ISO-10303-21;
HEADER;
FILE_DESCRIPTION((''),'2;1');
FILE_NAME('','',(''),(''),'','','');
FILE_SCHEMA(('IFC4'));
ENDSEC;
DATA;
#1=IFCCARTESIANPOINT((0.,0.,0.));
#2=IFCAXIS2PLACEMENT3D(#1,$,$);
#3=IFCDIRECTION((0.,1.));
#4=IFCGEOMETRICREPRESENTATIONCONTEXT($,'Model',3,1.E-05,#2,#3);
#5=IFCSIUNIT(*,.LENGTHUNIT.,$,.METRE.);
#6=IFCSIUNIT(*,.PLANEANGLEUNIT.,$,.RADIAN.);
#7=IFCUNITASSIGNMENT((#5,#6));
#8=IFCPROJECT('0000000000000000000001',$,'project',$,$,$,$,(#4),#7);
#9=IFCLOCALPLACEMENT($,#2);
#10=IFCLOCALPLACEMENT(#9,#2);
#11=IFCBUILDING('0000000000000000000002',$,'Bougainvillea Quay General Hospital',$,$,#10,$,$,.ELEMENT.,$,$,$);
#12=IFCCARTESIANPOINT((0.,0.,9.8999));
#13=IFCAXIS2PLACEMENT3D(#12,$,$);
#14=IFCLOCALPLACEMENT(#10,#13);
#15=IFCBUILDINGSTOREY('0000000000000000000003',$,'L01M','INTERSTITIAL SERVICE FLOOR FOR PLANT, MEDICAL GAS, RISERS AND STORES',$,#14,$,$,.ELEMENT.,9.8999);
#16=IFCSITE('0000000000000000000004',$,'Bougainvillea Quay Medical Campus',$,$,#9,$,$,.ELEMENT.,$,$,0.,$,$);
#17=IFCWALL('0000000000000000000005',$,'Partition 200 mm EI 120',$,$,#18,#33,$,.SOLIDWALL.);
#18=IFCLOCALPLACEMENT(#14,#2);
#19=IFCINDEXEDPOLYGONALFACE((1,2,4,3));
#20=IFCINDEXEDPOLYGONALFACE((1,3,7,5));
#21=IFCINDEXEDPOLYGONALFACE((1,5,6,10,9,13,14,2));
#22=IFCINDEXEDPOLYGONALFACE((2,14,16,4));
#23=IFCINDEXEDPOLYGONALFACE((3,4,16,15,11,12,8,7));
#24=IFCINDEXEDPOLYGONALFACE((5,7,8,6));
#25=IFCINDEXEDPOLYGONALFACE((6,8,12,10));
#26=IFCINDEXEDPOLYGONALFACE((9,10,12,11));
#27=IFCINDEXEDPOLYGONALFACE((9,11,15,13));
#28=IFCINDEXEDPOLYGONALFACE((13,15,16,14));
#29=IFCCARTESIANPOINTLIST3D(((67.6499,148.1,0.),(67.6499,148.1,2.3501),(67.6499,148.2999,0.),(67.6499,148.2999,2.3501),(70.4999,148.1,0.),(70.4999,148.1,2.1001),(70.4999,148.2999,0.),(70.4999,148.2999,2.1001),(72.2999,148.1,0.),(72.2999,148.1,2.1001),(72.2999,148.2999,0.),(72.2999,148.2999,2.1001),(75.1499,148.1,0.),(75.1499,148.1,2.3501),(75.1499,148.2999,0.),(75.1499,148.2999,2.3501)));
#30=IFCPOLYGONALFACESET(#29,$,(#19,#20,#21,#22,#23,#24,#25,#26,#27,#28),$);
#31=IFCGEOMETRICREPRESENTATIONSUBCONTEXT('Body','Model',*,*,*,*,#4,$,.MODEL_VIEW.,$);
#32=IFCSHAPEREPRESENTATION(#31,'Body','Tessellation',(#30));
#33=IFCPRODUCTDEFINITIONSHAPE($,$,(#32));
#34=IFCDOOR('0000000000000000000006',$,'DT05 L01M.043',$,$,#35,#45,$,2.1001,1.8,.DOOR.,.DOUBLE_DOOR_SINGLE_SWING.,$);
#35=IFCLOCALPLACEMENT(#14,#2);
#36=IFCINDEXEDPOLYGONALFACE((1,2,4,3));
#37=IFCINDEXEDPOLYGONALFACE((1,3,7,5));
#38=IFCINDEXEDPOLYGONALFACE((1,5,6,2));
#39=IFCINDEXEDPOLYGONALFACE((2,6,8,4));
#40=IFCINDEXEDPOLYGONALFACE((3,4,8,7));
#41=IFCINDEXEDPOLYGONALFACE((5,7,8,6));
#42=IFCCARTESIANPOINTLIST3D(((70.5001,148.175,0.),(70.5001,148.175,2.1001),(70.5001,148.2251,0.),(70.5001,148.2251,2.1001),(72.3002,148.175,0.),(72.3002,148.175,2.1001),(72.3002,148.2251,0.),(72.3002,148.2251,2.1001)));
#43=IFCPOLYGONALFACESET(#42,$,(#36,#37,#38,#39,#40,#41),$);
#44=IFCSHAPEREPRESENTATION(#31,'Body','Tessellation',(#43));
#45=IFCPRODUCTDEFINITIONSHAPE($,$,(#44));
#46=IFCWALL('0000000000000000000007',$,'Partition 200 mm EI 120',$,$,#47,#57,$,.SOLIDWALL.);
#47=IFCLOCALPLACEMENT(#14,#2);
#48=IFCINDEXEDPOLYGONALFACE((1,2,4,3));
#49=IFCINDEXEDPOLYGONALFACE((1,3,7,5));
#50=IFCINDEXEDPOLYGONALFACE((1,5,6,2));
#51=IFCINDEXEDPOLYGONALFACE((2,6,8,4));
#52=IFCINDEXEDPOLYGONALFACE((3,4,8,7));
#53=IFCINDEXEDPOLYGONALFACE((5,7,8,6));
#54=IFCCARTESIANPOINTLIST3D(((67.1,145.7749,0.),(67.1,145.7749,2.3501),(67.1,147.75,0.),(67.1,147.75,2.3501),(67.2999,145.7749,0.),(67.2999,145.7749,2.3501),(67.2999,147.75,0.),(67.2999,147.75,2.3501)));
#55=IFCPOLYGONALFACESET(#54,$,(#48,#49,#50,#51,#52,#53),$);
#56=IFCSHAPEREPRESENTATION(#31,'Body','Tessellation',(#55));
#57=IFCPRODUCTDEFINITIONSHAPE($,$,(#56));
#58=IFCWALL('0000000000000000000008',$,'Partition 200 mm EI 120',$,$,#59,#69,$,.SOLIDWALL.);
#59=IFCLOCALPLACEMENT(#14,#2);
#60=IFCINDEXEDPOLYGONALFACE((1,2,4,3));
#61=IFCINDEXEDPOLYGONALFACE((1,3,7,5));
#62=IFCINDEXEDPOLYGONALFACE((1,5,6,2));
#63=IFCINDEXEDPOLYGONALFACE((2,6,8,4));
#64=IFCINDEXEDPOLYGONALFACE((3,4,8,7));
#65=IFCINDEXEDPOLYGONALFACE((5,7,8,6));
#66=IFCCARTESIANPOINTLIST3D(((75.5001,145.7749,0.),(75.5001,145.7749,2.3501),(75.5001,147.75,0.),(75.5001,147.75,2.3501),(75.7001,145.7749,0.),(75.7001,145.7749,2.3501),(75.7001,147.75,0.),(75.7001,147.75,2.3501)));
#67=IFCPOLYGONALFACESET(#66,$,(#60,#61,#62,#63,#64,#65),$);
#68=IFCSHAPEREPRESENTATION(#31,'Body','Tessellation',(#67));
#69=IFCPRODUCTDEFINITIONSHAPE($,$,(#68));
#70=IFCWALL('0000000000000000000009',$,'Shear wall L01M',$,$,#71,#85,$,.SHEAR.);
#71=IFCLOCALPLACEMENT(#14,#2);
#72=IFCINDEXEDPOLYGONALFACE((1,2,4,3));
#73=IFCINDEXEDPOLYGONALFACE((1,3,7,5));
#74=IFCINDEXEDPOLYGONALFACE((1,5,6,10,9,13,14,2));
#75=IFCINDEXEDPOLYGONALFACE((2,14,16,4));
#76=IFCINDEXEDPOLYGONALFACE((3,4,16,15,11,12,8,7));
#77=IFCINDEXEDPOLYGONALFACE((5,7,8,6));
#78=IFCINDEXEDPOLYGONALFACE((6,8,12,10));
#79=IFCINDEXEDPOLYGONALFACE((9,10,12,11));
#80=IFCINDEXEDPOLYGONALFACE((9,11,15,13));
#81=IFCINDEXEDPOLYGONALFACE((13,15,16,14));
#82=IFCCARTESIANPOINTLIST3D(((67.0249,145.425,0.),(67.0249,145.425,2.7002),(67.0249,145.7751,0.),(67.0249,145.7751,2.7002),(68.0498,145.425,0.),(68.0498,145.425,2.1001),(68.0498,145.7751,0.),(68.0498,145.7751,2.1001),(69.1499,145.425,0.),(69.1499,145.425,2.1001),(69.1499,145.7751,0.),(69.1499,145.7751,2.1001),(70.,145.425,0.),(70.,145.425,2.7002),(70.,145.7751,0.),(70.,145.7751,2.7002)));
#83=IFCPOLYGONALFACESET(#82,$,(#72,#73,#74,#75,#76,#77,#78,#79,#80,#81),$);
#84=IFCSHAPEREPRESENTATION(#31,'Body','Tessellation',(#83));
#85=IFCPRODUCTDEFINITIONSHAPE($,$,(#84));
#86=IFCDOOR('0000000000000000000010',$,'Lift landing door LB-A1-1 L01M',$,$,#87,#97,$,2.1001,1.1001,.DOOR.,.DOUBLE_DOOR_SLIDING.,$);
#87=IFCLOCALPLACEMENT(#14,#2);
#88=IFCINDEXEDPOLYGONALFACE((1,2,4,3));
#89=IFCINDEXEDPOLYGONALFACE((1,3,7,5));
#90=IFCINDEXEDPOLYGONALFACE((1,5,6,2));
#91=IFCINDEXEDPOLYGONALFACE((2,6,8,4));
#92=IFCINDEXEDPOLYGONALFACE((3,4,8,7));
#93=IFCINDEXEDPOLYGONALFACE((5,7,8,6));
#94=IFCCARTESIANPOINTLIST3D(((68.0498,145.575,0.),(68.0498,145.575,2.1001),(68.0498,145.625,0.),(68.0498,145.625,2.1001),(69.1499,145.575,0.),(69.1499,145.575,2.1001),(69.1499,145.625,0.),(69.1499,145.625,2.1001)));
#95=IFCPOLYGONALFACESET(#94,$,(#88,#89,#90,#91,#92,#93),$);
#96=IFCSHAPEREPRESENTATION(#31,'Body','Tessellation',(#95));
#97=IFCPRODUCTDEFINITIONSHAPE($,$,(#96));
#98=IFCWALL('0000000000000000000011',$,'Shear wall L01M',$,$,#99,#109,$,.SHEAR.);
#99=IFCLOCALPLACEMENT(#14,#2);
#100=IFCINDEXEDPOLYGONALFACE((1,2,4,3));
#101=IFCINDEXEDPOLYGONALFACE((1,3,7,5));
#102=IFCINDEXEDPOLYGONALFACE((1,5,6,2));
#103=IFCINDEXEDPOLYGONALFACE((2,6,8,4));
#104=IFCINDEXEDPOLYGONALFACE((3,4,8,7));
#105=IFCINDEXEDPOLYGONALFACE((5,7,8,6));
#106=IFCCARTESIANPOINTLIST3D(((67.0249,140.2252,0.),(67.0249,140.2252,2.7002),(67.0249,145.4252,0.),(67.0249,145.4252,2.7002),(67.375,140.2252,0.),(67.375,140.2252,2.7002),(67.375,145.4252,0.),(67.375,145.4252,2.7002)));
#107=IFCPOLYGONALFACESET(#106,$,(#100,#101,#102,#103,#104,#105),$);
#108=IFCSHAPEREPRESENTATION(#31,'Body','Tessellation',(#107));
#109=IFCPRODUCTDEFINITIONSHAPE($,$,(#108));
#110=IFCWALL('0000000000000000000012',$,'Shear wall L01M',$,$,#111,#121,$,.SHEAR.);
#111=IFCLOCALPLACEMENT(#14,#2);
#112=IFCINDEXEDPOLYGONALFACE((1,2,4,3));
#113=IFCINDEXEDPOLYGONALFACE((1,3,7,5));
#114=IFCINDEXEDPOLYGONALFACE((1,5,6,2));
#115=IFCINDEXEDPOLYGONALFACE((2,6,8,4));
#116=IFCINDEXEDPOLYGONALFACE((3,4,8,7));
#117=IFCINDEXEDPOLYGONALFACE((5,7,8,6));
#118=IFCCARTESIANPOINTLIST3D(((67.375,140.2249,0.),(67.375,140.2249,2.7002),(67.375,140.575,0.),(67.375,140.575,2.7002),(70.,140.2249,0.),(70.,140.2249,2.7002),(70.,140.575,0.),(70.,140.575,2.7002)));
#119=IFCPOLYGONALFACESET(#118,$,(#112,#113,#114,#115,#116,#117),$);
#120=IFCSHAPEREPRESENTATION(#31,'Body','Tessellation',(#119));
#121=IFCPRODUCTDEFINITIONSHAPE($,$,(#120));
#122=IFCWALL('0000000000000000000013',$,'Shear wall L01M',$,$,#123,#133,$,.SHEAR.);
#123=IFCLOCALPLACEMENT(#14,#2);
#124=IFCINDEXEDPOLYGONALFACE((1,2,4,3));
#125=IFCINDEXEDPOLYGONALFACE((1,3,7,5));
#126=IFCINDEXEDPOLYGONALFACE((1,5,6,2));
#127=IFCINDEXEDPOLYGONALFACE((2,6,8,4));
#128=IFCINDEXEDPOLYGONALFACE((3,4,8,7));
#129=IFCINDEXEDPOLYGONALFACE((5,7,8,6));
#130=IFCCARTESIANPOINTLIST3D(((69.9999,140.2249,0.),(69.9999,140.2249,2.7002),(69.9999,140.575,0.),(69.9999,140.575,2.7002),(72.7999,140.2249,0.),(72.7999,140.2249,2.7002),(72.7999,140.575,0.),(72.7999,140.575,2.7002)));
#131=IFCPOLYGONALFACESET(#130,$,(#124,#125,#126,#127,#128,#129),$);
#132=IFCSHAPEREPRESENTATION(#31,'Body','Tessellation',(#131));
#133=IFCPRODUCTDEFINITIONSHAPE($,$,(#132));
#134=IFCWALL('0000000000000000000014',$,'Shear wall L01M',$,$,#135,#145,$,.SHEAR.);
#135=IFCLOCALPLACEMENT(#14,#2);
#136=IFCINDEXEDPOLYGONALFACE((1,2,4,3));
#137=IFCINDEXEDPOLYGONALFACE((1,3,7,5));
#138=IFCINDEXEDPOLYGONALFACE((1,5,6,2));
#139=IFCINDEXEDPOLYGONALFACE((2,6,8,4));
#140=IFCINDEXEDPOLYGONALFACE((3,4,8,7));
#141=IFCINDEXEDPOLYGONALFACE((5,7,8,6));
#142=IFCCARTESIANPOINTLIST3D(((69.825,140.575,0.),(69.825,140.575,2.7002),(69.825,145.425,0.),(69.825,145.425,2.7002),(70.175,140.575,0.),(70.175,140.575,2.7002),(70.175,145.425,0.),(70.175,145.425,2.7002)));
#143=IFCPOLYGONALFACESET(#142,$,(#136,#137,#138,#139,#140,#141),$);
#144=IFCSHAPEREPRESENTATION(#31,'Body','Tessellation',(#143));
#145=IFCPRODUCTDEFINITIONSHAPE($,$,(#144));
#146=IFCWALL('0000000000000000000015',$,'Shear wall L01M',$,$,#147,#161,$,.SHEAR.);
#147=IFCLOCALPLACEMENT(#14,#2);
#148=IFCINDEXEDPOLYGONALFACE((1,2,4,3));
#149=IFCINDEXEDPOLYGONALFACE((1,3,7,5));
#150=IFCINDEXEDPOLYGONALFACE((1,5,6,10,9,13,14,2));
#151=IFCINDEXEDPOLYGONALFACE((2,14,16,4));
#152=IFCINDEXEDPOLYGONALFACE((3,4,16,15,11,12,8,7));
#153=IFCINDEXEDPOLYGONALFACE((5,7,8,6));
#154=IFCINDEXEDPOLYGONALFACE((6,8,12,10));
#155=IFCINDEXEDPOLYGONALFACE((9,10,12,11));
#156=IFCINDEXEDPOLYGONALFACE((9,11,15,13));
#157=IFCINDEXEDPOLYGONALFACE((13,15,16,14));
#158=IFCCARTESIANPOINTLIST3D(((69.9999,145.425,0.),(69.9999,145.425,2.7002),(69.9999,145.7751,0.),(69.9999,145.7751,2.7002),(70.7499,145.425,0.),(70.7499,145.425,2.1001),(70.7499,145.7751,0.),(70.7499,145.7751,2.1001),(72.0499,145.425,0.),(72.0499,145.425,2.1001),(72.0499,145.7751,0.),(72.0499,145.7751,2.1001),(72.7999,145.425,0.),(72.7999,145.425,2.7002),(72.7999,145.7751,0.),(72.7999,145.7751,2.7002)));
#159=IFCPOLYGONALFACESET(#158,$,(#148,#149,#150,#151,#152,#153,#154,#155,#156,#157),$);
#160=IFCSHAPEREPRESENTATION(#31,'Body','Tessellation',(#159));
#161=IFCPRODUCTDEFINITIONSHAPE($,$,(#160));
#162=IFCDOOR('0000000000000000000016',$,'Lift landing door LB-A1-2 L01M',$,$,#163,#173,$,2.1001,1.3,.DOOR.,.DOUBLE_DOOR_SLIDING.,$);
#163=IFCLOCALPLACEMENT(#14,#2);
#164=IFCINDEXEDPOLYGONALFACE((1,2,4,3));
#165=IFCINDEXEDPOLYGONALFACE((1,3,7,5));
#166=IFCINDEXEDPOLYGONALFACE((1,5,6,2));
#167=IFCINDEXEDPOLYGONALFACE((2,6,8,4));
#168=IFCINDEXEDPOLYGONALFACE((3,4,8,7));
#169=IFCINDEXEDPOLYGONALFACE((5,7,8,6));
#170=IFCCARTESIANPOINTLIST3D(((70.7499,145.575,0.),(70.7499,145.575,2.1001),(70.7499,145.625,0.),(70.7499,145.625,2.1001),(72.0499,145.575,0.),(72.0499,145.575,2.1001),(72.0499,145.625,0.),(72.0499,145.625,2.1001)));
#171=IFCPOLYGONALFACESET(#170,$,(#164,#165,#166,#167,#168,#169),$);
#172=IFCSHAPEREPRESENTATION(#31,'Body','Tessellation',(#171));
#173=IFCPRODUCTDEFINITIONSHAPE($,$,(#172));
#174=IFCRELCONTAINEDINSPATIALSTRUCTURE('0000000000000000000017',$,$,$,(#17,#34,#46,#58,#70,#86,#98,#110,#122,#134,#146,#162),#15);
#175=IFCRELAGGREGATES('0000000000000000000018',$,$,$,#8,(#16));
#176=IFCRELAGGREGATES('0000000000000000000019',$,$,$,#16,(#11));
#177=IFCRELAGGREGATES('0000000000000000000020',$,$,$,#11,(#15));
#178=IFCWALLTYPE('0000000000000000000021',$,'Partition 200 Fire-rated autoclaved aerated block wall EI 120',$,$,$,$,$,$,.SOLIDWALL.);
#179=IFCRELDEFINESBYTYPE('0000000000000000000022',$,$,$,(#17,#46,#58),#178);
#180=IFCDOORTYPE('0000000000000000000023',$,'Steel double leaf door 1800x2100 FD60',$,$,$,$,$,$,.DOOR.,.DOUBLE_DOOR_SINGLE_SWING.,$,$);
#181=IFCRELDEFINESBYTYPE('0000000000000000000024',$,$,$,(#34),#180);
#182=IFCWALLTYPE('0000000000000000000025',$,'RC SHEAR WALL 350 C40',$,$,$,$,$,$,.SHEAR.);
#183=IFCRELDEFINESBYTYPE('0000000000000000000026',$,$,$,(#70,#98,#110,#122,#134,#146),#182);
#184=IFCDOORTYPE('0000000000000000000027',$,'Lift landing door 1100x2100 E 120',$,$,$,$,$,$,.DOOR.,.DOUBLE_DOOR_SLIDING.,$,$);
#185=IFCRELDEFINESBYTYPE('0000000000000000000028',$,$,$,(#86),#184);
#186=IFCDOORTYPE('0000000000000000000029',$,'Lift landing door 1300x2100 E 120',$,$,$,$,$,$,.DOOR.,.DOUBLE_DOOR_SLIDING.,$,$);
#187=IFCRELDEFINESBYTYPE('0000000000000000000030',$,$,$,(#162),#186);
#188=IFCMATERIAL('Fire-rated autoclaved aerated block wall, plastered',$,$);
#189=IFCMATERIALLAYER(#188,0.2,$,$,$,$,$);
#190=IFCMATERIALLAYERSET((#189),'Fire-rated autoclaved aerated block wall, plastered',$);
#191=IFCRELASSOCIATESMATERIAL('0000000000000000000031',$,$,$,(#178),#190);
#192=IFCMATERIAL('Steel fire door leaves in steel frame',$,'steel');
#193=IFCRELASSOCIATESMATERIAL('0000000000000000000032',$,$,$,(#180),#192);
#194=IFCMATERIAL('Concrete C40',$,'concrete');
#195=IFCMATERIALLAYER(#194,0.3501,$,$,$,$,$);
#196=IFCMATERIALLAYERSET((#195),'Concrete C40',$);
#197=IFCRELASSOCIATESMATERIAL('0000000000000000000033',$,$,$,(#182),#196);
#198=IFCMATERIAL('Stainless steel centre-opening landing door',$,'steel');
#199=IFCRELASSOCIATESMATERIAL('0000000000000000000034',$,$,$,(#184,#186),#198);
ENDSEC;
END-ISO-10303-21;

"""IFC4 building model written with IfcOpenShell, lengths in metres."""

from ifc_helpers import new_model, si_unit, direction, frame, frame_2d, origin, place, context, subcontext, project, spatial, rectangle, extrude, material, layer, layer_set, type_object, element, fill, save


model = new_model("IFC4")

# Units and contexts
model_context = context("Model", 3, precision=1e-05, world=origin(), true_north=direction((0.0, 1.0)))
body_context = subcontext(model_context, "Body", "Model", "MODEL_VIEW")
ifc_project = project(units=[si_unit("LENGTHUNIT", "METRE"), si_unit("PLANEANGLEUNIT", "RADIAN")], contexts=[model_context])

# Site, building, storey
site_placement = place(None, origin())
site = spatial("IfcSite", under=ifc_project, at=site_placement, Name="Bougainvillea Quay Medical Campus", CompositionType="ELEMENT", RefElevation=0.0)
building_placement = place(site_placement, origin())
building = spatial("IfcBuilding", under=site, at=building_placement, Name="Bougainvillea Quay General Hospital", CompositionType="ELEMENT")
storey_placement = place(building_placement, frame((0.0, 0.0, 9.8999)))
storey = spatial("IfcBuildingStorey", under=building, at=storey_placement, Name="L01M", Description="INTERSTITIAL SERVICE FLOOR FOR PLANT, MEDICAL GAS, RISERS AND STORES", CompositionType="ELEMENT", Elevation=9.8999)

# Wall, opening, door
ifc_material_1 = material(Name="Fire-rated autoclaved aerated block wall, plastered")
ifc_layer_1 = layer(ifc_material_1, 0.2)
ifc_layer_set_1 = layer_set([ifc_layer_1], Name="Fire-rated autoclaved aerated block wall, plastered")
wall_type_1 = type_object("IfcWallType", Name="Partition 200 Fire-rated autoclaved aerated block wall EI 120", PredefinedType="SOLIDWALL", material=ifc_layer_set_1)
wall_1_placement = place(storey_placement, frame((67.6499, 148.2, 0.0), z_axis=(0.0, 0.0, 1.0), x_axis=(1.0, 0.0, 0.0)))
wall_1 = element("IfcWall", 1, at=wall_1_placement, inside=storey, type_object=wall_type_1, Name="Partition 200 mm EI 120", PredefinedType="SOLIDWALL", context=body_context, shape_type="SweptSolid", body=[
    extrude(rectangle(XDim=7.5, YDim=0.2, at=frame_2d((3.75, 0.0))), origin(), (0.0, 0.0, 1.0), 2.3501),
])
opening_1_placement = place(wall_1_placement, frame((2.8501, 0.0, 0.0)))
opening_1 = element("IfcOpeningElement", 2, at=opening_1_placement, cuts=wall_1, PredefinedType="OPENING", context=body_context, shape_type="SweptSolid", body=[
    extrude(rectangle(XDim=1.8, YDim=2.1001, at=frame_2d((0.8999, 1.05))), frame((0.0, 0.1099, 0.0), z_axis=(0.0, -1.0, 0.0), x_axis=(1.0, 0.0, 0.0)), (0.0, 0.0, 1.0), 0.22),
])
ifc_material_2 = material(Name="Steel fire door leaves in steel frame", Category="steel")
door_type_1 = type_object("IfcDoorType", Name="Steel double leaf door 1800x2100 FD60", OperationType="DOUBLE_DOOR_SINGLE_SWING", PredefinedType="DOOR", material=ifc_material_2)
door_1_placement = place(opening_1_placement, frame((1.8, 0.0, 0.0), z_axis=(0.0, 0.0, 1.0), x_axis=(-1.0, 0.0, 0.0)))
door_1 = element("IfcDoor", 3, at=door_1_placement, inside=storey, type_object=door_type_1, Name="DT05 L01M.043", OperationType="DOUBLE_DOOR_SINGLE_SWING", OverallHeight=2.1001, OverallWidth=1.8, PredefinedType="DOOR", context=body_context, shape_type="SweptSolid", body=[
    extrude(rectangle(XDim=1.8, YDim=2.1001, at=frame_2d((0.8999, 1.05))), frame((0.0, 0.0249, 0.0), z_axis=(0.0, -1.0, 0.0), x_axis=(1.0, 0.0, 0.0)), (0.0, 0.0, 1.0), 0.05),
])
fill(opening_1, door_1)

# Walls
for number, where, z_axis, x_axis, name in (
    (4, (67.2, 145.7749, 0.0), (0.0, 0.0, 1.0), (0.0, 1.0, 0.0), "Partition 200 mm EI 120"),
    (5, (75.6001, 145.7749, 0.0), (0.0, 0.0, 1.0), (0.0, 1.0, 0.0), "Partition 200 mm EI 120"),
):
    element("IfcWall", number, at=place(storey_placement, frame(where, z_axis=z_axis, x_axis=x_axis)), inside=storey, type_object=wall_type_1, Name=name, PredefinedType="SOLIDWALL", context=body_context, shape_type="SweptSolid", body=[
        extrude(rectangle(XDim=1.9751, YDim=0.2, at=frame_2d((0.9875, 0.0))), origin(), (0.0, 0.0, 1.0), 2.3501),
    ])

# Wall, opening, door
ifc_material_3 = material(Name="Concrete C40", Category="concrete")
ifc_layer_2 = layer(ifc_material_3, 0.3501)
ifc_layer_set_2 = layer_set([ifc_layer_2], Name="Concrete C40")
wall_type_2 = type_object("IfcWallType", Name="RC SHEAR WALL 350 C40", PredefinedType="SHEAR", material=ifc_layer_set_2)
wall_2_placement = place(storey_placement, frame((67.0249, 145.6001, 0.0), z_axis=(0.0, 0.0, 1.0), x_axis=(1.0, 0.0, 0.0)))
wall_2 = element("IfcWall", 6, at=wall_2_placement, inside=storey, type_object=wall_type_2, Name="Shear wall L01M", PredefinedType="SHEAR", context=body_context, shape_type="SweptSolid", body=[
    extrude(rectangle(XDim=2.9751, YDim=0.3501, at=frame_2d((1.4875, 0.0))), origin(), (0.0, 0.0, 1.0), 2.7002),
])
opening_2_placement = place(wall_2_placement, frame((1.0249, 0.0, 0.0)))
opening_2 = element("IfcOpeningElement", 7, at=opening_2_placement, cuts=wall_2, PredefinedType="OPENING", context=body_context, shape_type="SweptSolid", body=[
    extrude(rectangle(XDim=1.1001, YDim=2.1001, at=frame_2d((0.55, 1.05))), frame((0.0, 0.1851, 0.0), z_axis=(0.0, -1.0, 0.0), x_axis=(1.0, 0.0, 0.0)), (0.0, 0.0, 1.0), 0.3701),
])
ifc_material_4 = material(Name="Stainless steel centre-opening landing door", Category="steel")
door_type_2 = type_object("IfcDoorType", Name="Lift landing door 1100x2100 E 120", OperationType="DOUBLE_DOOR_SLIDING", PredefinedType="DOOR", material=ifc_material_4)
door_2_placement = place(opening_2_placement, origin())
door_2 = element("IfcDoor", 8, at=door_2_placement, inside=storey, type_object=door_type_2, Name="Lift landing door LB-A1-1 L01M", OperationType="DOUBLE_DOOR_SLIDING", OverallHeight=2.1001, OverallWidth=1.1001, PredefinedType="DOOR", context=body_context, shape_type="SweptSolid", body=[
    extrude(rectangle(XDim=1.1001, YDim=2.1001, at=frame_2d((0.55, 1.05))), frame((0.0, 0.0249, 0.0), z_axis=(0.0, -1.0, 0.0), x_axis=(1.0, 0.0, 0.0)), (0.0, 0.0, 1.0), 0.05),
])
fill(opening_2, door_2)

# Walls
wall_3_placement = place(storey_placement, frame((67.2, 140.2251, 0.0), z_axis=(0.0, 0.0, 1.0), x_axis=(0.0, 1.0, 0.0)))
element("IfcWall", 9, at=wall_3_placement, inside=storey, type_object=wall_type_2, Name="Shear wall L01M", PredefinedType="SHEAR", context=body_context, shape_type="SweptSolid", body=[
    extrude(rectangle(XDim=5.2, YDim=0.3501, at=frame_2d((2.6001, 0.0))), origin(), (0.0, 0.0, 1.0), 2.7002),
])
wall_4_placement = place(storey_placement, frame((67.375, 140.3999, 0.0), z_axis=(0.0, 0.0, 1.0), x_axis=(1.0, 0.0, 0.0)))
element("IfcWall", 10, at=wall_4_placement, inside=storey, type_object=wall_type_2, Name="Shear wall L01M", PredefinedType="SHEAR", context=body_context, shape_type="SweptSolid", body=[
    extrude(rectangle(XDim=2.625, YDim=0.3501, at=frame_2d((1.3125, 0.0))), origin(), (0.0, 0.0, 1.0), 2.7002),
])
wall_5_placement = place(storey_placement, frame((70.0, 140.3999, 0.0), z_axis=(0.0, 0.0, 1.0), x_axis=(1.0, 0.0, 0.0)))
element("IfcWall", 11, at=wall_5_placement, inside=storey, type_object=wall_type_2, Name="Shear wall L01M", PredefinedType="SHEAR", context=body_context, shape_type="SweptSolid", body=[
    extrude(rectangle(XDim=2.8, YDim=0.3501, at=frame_2d((1.3999, 0.0))), origin(), (0.0, 0.0, 1.0), 2.7002),
])
wall_6_placement = place(storey_placement, frame((70.0, 140.575, 0.0), z_axis=(0.0, 0.0, 1.0), x_axis=(0.0, 1.0, 0.0)))
element("IfcWall", 12, at=wall_6_placement, inside=storey, type_object=wall_type_2, Name="Shear wall L01M", PredefinedType="SHEAR", context=body_context, shape_type="SweptSolid", body=[
    extrude(rectangle(XDim=4.8501, YDim=0.3501, at=frame_2d((2.425, 0.0))), origin(), (0.0, 0.0, 1.0), 2.7002),
])

# Wall, opening, door
wall_7_placement = place(storey_placement, frame((70.0, 145.6001, 0.0), z_axis=(0.0, 0.0, 1.0), x_axis=(1.0, 0.0, 0.0)))
wall_7 = element("IfcWall", 13, at=wall_7_placement, inside=storey, type_object=wall_type_2, Name="Shear wall L01M", PredefinedType="SHEAR", context=body_context, shape_type="SweptSolid", body=[
    extrude(rectangle(XDim=2.8, YDim=0.3501, at=frame_2d((1.3999, 0.0))), origin(), (0.0, 0.0, 1.0), 2.7002),
])
opening_3_placement = place(wall_7_placement, frame((0.75, 0.0, 0.0)))
opening_3 = element("IfcOpeningElement", 14, at=opening_3_placement, cuts=wall_7, PredefinedType="OPENING", context=body_context, shape_type="SweptSolid", body=[
    extrude(rectangle(XDim=1.3, YDim=2.1001, at=frame_2d((0.6499, 1.05))), frame((0.0, 0.1851, 0.0), z_axis=(0.0, -1.0, 0.0), x_axis=(1.0, 0.0, 0.0)), (0.0, 0.0, 1.0), 0.3701),
])
door_type_3 = type_object("IfcDoorType", Name="Lift landing door 1300x2100 E 120", OperationType="DOUBLE_DOOR_SLIDING", PredefinedType="DOOR", material=ifc_material_4)
door_3_placement = place(opening_3_placement, origin())
door_3 = element("IfcDoor", 15, at=door_3_placement, inside=storey, type_object=door_type_3, Name="Lift landing door LB-A1-2 L01M", OperationType="DOUBLE_DOOR_SLIDING", OverallHeight=2.1001, OverallWidth=1.3, PredefinedType="DOOR", context=body_context, shape_type="SweptSolid", body=[
    extrude(rectangle(XDim=1.3, YDim=2.1001, at=frame_2d((0.6499, 1.05))), frame((0.0, 0.0249, 0.0), z_axis=(0.0, -1.0, 0.0), x_axis=(1.0, 0.0, 0.0)), (0.0, 0.0, 1.0), 0.05),
])
fill(opening_3, door_3)

save(model, "model.ifc")
